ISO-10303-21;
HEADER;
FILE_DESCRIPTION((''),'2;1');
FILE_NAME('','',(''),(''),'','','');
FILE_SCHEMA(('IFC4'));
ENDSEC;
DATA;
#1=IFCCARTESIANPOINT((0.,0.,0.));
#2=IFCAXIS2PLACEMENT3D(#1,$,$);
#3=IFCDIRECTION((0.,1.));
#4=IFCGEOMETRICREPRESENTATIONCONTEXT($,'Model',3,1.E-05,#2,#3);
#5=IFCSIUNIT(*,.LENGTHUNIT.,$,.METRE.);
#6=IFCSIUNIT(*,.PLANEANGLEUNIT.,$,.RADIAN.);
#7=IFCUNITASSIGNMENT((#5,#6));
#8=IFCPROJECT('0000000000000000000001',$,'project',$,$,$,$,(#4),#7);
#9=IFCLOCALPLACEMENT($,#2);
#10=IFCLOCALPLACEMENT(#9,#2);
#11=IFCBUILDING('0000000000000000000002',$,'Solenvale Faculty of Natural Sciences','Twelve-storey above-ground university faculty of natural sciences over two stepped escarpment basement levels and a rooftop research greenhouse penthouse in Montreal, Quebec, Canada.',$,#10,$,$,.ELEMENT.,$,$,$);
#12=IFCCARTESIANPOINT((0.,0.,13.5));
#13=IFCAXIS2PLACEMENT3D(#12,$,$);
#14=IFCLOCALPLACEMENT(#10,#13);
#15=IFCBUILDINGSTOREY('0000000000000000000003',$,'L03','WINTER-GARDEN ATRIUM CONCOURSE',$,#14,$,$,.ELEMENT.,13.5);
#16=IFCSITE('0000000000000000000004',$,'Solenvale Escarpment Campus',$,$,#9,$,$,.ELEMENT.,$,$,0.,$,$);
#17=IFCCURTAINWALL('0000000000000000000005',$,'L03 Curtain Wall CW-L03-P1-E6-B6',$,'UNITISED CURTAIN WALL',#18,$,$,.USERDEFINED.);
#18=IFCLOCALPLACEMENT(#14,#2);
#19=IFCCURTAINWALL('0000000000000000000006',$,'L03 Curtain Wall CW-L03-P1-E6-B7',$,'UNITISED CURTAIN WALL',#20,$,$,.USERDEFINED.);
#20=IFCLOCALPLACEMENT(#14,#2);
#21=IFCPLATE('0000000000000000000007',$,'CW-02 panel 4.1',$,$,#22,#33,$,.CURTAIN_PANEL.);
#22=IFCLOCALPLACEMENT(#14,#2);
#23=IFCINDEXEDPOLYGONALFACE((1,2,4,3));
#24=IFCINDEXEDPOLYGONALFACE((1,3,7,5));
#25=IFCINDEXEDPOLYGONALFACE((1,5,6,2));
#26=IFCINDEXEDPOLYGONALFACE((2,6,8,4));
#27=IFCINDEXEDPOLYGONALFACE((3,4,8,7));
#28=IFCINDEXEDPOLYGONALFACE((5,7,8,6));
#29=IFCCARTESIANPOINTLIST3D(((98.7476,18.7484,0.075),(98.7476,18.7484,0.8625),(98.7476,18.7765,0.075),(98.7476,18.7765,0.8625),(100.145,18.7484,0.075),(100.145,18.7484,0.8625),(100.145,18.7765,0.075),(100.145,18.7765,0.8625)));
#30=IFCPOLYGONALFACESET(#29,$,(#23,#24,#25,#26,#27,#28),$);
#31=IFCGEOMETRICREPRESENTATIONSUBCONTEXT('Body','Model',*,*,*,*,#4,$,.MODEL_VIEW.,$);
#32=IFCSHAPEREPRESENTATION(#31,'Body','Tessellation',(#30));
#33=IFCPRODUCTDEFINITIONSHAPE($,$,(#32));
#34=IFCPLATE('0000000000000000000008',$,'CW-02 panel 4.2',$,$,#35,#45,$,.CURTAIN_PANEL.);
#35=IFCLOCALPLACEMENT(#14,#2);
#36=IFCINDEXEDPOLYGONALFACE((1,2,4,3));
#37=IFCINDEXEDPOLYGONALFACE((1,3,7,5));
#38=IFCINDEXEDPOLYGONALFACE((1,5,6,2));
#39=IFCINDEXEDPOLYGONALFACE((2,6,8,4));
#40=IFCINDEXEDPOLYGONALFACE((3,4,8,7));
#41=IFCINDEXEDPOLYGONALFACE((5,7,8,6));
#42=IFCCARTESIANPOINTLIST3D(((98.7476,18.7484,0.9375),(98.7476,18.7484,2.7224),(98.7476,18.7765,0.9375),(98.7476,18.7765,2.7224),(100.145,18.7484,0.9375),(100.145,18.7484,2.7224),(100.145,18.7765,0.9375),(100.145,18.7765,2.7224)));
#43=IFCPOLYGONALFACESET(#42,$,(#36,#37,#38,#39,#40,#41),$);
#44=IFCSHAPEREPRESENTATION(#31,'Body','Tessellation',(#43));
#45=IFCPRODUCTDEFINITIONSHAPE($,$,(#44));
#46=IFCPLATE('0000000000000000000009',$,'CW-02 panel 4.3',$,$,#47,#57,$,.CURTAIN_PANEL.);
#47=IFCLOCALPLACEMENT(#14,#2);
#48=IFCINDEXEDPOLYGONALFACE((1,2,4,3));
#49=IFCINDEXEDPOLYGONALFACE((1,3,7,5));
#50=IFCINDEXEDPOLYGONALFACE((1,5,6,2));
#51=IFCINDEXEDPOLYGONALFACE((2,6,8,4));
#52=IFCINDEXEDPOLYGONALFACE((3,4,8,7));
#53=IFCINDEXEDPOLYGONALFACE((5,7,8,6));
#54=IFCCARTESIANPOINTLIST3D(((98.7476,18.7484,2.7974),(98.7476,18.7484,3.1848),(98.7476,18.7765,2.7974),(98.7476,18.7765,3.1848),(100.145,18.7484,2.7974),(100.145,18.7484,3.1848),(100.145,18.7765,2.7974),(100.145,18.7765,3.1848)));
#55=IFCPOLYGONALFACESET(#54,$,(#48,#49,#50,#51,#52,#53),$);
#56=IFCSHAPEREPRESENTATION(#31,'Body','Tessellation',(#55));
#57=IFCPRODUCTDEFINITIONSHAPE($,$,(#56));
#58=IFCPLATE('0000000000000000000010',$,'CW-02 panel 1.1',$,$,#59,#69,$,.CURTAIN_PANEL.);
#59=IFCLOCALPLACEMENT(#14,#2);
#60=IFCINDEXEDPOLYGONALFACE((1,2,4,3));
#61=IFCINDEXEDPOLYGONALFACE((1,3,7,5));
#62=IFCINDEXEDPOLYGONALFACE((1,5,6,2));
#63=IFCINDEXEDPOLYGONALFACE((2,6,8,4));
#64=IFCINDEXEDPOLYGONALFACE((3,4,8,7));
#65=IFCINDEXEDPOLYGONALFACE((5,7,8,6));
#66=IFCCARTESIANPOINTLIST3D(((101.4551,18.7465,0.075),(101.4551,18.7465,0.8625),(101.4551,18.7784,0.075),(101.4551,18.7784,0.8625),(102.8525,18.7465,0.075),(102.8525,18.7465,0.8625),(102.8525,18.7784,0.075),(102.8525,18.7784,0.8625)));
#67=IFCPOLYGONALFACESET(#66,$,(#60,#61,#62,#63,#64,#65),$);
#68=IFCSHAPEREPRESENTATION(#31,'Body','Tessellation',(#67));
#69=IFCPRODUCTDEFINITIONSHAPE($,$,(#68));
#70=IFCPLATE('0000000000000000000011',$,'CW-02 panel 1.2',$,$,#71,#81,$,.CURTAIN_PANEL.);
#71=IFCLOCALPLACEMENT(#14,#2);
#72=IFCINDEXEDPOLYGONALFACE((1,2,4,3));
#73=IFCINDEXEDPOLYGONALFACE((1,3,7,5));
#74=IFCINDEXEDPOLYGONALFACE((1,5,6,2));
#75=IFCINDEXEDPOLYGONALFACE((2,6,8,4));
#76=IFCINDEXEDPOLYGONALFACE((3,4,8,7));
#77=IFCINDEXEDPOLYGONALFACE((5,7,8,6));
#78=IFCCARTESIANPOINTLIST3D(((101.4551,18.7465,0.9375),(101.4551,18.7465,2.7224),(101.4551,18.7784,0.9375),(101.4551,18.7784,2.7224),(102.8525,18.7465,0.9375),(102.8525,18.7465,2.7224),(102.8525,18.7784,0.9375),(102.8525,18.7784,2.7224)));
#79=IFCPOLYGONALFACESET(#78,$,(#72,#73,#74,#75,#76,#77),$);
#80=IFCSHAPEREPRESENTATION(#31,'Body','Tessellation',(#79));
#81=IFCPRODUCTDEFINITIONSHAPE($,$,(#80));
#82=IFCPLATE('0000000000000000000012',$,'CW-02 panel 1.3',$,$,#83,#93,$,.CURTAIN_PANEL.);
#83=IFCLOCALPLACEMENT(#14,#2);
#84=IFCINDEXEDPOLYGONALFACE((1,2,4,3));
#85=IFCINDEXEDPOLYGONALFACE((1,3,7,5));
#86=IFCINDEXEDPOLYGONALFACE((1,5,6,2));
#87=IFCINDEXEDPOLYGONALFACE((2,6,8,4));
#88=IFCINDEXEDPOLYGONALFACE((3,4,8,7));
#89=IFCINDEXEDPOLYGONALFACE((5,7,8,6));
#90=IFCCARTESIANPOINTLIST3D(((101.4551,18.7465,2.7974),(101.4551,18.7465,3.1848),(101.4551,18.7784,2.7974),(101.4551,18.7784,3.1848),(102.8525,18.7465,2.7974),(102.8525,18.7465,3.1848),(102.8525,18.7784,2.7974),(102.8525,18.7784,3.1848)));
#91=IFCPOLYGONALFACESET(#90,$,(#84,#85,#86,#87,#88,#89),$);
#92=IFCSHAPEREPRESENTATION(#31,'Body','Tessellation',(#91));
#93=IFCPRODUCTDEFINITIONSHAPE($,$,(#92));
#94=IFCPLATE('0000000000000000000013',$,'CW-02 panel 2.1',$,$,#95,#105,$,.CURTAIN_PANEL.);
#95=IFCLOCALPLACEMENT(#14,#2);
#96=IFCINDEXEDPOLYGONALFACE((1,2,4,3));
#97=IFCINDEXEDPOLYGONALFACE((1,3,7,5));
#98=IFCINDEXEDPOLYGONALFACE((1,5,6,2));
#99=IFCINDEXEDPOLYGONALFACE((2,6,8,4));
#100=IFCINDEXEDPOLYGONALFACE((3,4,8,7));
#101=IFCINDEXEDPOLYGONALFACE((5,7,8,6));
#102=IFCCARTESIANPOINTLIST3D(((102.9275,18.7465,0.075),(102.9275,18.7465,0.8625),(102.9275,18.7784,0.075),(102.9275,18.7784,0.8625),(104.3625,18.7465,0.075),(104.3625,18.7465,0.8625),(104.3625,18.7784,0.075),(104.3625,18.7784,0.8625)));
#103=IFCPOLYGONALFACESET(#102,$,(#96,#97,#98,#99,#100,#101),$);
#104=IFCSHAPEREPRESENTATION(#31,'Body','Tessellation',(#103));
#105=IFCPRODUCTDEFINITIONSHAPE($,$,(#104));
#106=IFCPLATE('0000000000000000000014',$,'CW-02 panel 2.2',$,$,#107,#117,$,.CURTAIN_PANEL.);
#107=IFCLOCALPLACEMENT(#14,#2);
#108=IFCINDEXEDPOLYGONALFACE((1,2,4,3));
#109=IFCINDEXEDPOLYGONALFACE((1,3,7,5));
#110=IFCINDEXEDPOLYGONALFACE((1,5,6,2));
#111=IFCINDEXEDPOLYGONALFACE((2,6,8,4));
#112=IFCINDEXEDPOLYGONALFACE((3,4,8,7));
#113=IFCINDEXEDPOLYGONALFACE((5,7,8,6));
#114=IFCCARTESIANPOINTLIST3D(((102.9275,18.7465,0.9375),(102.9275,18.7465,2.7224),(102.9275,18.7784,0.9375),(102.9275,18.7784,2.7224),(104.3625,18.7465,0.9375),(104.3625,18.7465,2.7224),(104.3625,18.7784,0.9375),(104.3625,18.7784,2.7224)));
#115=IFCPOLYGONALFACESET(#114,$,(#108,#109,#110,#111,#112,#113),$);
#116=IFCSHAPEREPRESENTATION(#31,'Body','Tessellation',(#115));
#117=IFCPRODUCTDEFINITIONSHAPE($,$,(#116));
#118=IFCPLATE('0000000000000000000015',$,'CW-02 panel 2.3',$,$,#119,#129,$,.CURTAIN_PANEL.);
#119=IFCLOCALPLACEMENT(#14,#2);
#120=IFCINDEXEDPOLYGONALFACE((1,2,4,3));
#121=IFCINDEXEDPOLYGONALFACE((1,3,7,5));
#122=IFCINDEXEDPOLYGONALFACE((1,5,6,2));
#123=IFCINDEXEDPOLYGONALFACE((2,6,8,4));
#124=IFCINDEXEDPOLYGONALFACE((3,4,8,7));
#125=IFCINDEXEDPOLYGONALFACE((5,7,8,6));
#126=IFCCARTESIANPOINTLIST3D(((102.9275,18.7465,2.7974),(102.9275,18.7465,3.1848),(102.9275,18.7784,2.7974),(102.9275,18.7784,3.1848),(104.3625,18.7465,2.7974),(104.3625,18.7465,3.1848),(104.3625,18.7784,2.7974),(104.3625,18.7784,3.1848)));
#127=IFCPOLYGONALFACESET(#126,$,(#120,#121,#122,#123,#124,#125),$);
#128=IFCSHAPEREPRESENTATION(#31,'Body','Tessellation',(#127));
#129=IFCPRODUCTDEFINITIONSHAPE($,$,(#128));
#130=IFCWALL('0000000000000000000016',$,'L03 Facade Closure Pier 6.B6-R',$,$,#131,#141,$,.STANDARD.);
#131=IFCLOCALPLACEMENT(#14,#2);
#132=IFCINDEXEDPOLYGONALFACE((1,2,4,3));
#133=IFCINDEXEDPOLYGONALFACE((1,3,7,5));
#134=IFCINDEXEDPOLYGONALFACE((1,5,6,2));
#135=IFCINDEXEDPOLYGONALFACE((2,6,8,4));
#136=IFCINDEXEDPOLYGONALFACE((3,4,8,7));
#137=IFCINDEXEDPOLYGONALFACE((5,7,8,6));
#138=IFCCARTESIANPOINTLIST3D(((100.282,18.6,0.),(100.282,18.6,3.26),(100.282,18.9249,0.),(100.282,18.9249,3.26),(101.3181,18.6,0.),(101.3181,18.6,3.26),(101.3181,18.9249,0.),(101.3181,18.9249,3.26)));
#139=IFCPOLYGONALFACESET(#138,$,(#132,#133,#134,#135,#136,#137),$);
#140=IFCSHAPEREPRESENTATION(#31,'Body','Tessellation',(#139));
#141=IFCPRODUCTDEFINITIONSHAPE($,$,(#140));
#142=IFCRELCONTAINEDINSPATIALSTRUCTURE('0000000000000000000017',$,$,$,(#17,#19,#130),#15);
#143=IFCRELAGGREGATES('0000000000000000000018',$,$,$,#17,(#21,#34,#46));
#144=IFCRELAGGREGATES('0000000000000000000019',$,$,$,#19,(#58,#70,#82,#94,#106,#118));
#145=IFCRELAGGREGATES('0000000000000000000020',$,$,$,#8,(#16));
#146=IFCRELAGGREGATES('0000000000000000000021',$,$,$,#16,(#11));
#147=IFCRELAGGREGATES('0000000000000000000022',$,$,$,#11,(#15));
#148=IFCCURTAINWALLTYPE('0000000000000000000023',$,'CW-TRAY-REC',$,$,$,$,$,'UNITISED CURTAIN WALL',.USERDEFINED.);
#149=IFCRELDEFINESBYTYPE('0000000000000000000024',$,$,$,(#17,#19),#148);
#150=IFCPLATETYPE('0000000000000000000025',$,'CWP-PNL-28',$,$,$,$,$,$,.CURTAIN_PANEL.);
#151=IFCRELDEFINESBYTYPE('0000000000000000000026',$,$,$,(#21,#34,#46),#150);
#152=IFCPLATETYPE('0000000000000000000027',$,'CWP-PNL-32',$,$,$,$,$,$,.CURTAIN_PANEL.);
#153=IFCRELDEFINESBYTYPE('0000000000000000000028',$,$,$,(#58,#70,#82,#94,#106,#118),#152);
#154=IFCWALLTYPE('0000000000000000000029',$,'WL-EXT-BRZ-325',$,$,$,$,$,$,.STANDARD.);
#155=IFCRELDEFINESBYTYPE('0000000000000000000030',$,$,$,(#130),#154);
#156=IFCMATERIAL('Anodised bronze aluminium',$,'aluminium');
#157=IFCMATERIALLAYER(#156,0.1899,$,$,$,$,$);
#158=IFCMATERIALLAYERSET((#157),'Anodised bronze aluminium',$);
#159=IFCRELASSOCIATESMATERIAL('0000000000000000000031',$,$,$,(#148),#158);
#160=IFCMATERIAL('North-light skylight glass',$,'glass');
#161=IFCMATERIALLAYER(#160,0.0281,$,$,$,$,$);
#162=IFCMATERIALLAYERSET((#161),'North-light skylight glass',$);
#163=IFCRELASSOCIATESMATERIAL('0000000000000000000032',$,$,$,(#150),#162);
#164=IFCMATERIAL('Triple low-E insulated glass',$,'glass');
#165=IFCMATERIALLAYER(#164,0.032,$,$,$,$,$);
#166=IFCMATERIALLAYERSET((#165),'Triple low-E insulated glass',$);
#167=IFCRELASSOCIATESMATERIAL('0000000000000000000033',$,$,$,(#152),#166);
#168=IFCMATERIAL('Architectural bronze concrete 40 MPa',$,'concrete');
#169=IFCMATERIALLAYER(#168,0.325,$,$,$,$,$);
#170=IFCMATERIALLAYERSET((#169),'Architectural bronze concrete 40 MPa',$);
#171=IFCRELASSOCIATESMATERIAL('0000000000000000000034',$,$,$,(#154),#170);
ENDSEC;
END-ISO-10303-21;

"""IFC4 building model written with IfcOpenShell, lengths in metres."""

from ifc_helpers import new_model, si_unit, direction, frame, frame_2d, origin, origin_2d, place, context, subcontext, project, spatial, rectangle, extrude, material, layer, layer_set, type_object, element, aggregate, save


model = new_model("IFC4")

# Units and contexts
model_context = context("Model", 3, precision=1e-05, world=origin(), true_north=direction((0.0, 1.0)))
body_context = subcontext(model_context, "Body", "Model", "MODEL_VIEW")
ifc_project = project(units=[si_unit("LENGTHUNIT", "METRE"), si_unit("PLANEANGLEUNIT", "RADIAN")], contexts=[model_context])

# Site, building, storey
site_placement = place(None, origin())
site = spatial("IfcSite", under=ifc_project, at=site_placement, Name="Solenvale Escarpment Campus", CompositionType="ELEMENT", RefElevation=0.0)
building_placement = place(site_placement, origin())
building = spatial("IfcBuilding", under=site, at=building_placement, Name="Solenvale Faculty of Natural Sciences", Description="Twelve-storey above-ground university faculty of natural sciences over two stepped escarpment basement levels and a rooftop research greenhouse penthouse in Montreal, Quebec, Canada.", CompositionType="ELEMENT")
storey_placement = place(building_placement, frame((0.0, 0.0, 13.5)))
storey = spatial("IfcBuildingStorey", under=building, at=storey_placement, Name="L03", Description="WINTER-GARDEN ATRIUM CONCOURSE", CompositionType="ELEMENT", Elevation=13.5)

# Curtain wall
ifc_material_1 = material(Name="Anodised bronze aluminium", Category="aluminium")
ifc_layer_1 = layer(ifc_material_1, 0.1899)
ifc_layer_set_1 = layer_set([ifc_layer_1], Name="Anodised bronze aluminium")
curtain_wall_type = type_object("IfcCurtainWallType", Name="CW-TRAY-REC", ElementType="UNITISED CURTAIN WALL", PredefinedType="USERDEFINED", material=ifc_layer_set_1)
curtain_wall_1_placement = place(storey_placement, origin())
curtain_wall_1 = element("IfcCurtainWall", 1, at=curtain_wall_1_placement, inside=storey, type_object=curtain_wall_type, Name="L03 Curtain Wall CW-L03-P1-E6-B6", ObjectType="UNITISED CURTAIN WALL", PredefinedType="USERDEFINED")

# Curtain wall
curtain_wall_2_placement = place(storey_placement, origin())
curtain_wall_2 = element("IfcCurtainWall", 2, at=curtain_wall_2_placement, inside=storey, type_object=curtain_wall_type, Name="L03 Curtain Wall CW-L03-P1-E6-B7", ObjectType="UNITISED CURTAIN WALL", PredefinedType="USERDEFINED")

# Plates
ifc_material_2 = material(Name="North-light skylight glass", Category="glass")
ifc_layer_2 = layer(ifc_material_2, 0.0281)
ifc_layer_set_2 = layer_set([ifc_layer_2], Name="North-light skylight glass")
plate_type_1 = type_object("IfcPlateType", Name="CWP-PNL-28", PredefinedType="CURTAIN_PANEL", material=ifc_layer_set_2)
plate_1_placement = place(storey_placement, frame((99.4463, 18.7625, 0.075), z_axis=(0.0, 0.0, 1.0), x_axis=(1.0, 0.0, 0.0)))
plate_1 = element("IfcPlate", 3, at=plate_1_placement, type_object=plate_type_1, Name="CW-02 panel 4.1", PredefinedType="CURTAIN_PANEL", context=body_context, shape_type="SweptSolid", body=[
    extrude(rectangle(XDim=1.3975, YDim=0.0281, at=origin_2d()), origin(), (0.0, 0.0, 1.0), 0.7876),
])
plate_2_placement = place(storey_placement, frame((99.4463, 18.7625, 0.9375), z_axis=(0.0, 0.0, 1.0), x_axis=(1.0, 0.0, 0.0)))
plate_2 = element("IfcPlate", 4, at=plate_2_placement, type_object=plate_type_1, Name="CW-02 panel 4.2", PredefinedType="CURTAIN_PANEL", context=body_context, shape_type="SweptSolid", body=[
    extrude(rectangle(XDim=1.3975, YDim=0.0281, at=origin_2d()), origin(), (0.0, 0.0, 1.0), 1.7849),
])
plate_3_placement = place(storey_placement, frame((99.4463, 18.7625, 2.7974), z_axis=(0.0, 0.0, 1.0), x_axis=(1.0, 0.0, 0.0)))
plate_3 = element("IfcPlate", 5, at=plate_3_placement, type_object=plate_type_1, Name="CW-02 panel 4.3", PredefinedType="CURTAIN_PANEL", context=body_context, shape_type="SweptSolid", body=[
    extrude(rectangle(XDim=1.3975, YDim=0.0281, at=origin_2d()), origin(), (0.0, 0.0, 1.0), 0.3875),
])
aggregate(curtain_wall_1, [plate_1, plate_2, plate_3])
ifc_material_3 = material(Name="Triple low-E insulated glass", Category="glass")
ifc_layer_3 = layer(ifc_material_3, 0.032)
ifc_layer_set_3 = layer_set([ifc_layer_3], Name="Triple low-E insulated glass")
plate_type_2 = type_object("IfcPlateType", Name="CWP-PNL-32", PredefinedType="CURTAIN_PANEL", material=ifc_layer_set_3)
plate_4_placement = place(storey_placement, frame((102.1538, 18.7625, 0.075), z_axis=(0.0, 0.0, 1.0), x_axis=(1.0, 0.0, 0.0)))
plate_4 = element("IfcPlate", 6, at=plate_4_placement, type_object=plate_type_2, Name="CW-02 panel 1.1", PredefinedType="CURTAIN_PANEL", context=body_context, shape_type="SweptSolid", body=[
    extrude(rectangle(XDim=1.3975, YDim=0.032, at=origin_2d()), origin(), (0.0, 0.0, 1.0), 0.7876),
])
plate_5_placement = place(storey_placement, frame((102.1538, 18.7625, 0.9375), z_axis=(0.0, 0.0, 1.0), x_axis=(1.0, 0.0, 0.0)))
plate_5 = element("IfcPlate", 7, at=plate_5_placement, type_object=plate_type_2, Name="CW-02 panel 1.2", PredefinedType="CURTAIN_PANEL", context=body_context, shape_type="SweptSolid", body=[
    extrude(rectangle(XDim=1.3975, YDim=0.032, at=origin_2d()), origin(), (0.0, 0.0, 1.0), 1.7849),
])
plate_6_placement = place(storey_placement, frame((102.1538, 18.7625, 2.7974), z_axis=(0.0, 0.0, 1.0), x_axis=(1.0, 0.0, 0.0)))
plate_6 = element("IfcPlate", 8, at=plate_6_placement, type_object=plate_type_2, Name="CW-02 panel 1.3", PredefinedType="CURTAIN_PANEL", context=body_context, shape_type="SweptSolid", body=[
    extrude(rectangle(XDim=1.3975, YDim=0.032, at=origin_2d()), origin(), (0.0, 0.0, 1.0), 0.3875),
])
plate_7_placement = place(storey_placement, frame((103.645, 18.7625, 0.075), z_axis=(0.0, 0.0, 1.0), x_axis=(1.0, 0.0, 0.0)))
plate_7 = element("IfcPlate", 9, at=plate_7_placement, type_object=plate_type_2, Name="CW-02 panel 2.1", PredefinedType="CURTAIN_PANEL", context=body_context, shape_type="SweptSolid", body=[
    extrude(rectangle(XDim=1.4351, YDim=0.032, at=origin_2d()), origin(), (0.0, 0.0, 1.0), 0.7876),
])
plate_8_placement = place(storey_placement, frame((103.645, 18.7625, 0.9375), z_axis=(0.0, 0.0, 1.0), x_axis=(1.0, 0.0, 0.0)))
plate_8 = element("IfcPlate", 10, at=plate_8_placement, type_object=plate_type_2, Name="CW-02 panel 2.2", PredefinedType="CURTAIN_PANEL", context=body_context, shape_type="SweptSolid", body=[
    extrude(rectangle(XDim=1.4351, YDim=0.032, at=origin_2d()), origin(), (0.0, 0.0, 1.0), 1.7849),
])
plate_9_placement = place(storey_placement, frame((103.645, 18.7625, 2.7974), z_axis=(0.0, 0.0, 1.0), x_axis=(1.0, 0.0, 0.0)))
plate_9 = element("IfcPlate", 11, at=plate_9_placement, type_object=plate_type_2, Name="CW-02 panel 2.3", PredefinedType="CURTAIN_PANEL", context=body_context, shape_type="SweptSolid", body=[
    extrude(rectangle(XDim=1.4351, YDim=0.032, at=origin_2d()), origin(), (0.0, 0.0, 1.0), 0.3875),
])
aggregate(curtain_wall_2, [plate_4, plate_5, plate_6, plate_7, plate_8, plate_9])

# Wall
ifc_material_4 = material(Name="Architectural bronze concrete 40 MPa", Category="concrete")
ifc_layer_4 = layer(ifc_material_4, 0.325)
ifc_layer_set_4 = layer_set([ifc_layer_4], Name="Architectural bronze concrete 40 MPa")
wall_type = type_object("IfcWallType", Name="WL-EXT-BRZ-325", PredefinedType="STANDARD", material=ifc_layer_set_4)
wall_placement = place(storey_placement, frame((100.282, 18.7625, 0.0), z_axis=(0.0, 0.0, 1.0), x_axis=(1.0, 0.0, 0.0)))
element("IfcWall", 12, at=wall_placement, inside=storey, type_object=wall_type, Name="L03 Facade Closure Pier 6.B6-R", PredefinedType="STANDARD", context=body_context, shape_type="SweptSolid", body=[
    extrude(rectangle(XDim=1.0361, YDim=0.325, at=frame_2d((0.5181, 0.0))), origin(), (0.0, 0.0, 1.0), 3.26),
])

save(model, "model.ifc")
